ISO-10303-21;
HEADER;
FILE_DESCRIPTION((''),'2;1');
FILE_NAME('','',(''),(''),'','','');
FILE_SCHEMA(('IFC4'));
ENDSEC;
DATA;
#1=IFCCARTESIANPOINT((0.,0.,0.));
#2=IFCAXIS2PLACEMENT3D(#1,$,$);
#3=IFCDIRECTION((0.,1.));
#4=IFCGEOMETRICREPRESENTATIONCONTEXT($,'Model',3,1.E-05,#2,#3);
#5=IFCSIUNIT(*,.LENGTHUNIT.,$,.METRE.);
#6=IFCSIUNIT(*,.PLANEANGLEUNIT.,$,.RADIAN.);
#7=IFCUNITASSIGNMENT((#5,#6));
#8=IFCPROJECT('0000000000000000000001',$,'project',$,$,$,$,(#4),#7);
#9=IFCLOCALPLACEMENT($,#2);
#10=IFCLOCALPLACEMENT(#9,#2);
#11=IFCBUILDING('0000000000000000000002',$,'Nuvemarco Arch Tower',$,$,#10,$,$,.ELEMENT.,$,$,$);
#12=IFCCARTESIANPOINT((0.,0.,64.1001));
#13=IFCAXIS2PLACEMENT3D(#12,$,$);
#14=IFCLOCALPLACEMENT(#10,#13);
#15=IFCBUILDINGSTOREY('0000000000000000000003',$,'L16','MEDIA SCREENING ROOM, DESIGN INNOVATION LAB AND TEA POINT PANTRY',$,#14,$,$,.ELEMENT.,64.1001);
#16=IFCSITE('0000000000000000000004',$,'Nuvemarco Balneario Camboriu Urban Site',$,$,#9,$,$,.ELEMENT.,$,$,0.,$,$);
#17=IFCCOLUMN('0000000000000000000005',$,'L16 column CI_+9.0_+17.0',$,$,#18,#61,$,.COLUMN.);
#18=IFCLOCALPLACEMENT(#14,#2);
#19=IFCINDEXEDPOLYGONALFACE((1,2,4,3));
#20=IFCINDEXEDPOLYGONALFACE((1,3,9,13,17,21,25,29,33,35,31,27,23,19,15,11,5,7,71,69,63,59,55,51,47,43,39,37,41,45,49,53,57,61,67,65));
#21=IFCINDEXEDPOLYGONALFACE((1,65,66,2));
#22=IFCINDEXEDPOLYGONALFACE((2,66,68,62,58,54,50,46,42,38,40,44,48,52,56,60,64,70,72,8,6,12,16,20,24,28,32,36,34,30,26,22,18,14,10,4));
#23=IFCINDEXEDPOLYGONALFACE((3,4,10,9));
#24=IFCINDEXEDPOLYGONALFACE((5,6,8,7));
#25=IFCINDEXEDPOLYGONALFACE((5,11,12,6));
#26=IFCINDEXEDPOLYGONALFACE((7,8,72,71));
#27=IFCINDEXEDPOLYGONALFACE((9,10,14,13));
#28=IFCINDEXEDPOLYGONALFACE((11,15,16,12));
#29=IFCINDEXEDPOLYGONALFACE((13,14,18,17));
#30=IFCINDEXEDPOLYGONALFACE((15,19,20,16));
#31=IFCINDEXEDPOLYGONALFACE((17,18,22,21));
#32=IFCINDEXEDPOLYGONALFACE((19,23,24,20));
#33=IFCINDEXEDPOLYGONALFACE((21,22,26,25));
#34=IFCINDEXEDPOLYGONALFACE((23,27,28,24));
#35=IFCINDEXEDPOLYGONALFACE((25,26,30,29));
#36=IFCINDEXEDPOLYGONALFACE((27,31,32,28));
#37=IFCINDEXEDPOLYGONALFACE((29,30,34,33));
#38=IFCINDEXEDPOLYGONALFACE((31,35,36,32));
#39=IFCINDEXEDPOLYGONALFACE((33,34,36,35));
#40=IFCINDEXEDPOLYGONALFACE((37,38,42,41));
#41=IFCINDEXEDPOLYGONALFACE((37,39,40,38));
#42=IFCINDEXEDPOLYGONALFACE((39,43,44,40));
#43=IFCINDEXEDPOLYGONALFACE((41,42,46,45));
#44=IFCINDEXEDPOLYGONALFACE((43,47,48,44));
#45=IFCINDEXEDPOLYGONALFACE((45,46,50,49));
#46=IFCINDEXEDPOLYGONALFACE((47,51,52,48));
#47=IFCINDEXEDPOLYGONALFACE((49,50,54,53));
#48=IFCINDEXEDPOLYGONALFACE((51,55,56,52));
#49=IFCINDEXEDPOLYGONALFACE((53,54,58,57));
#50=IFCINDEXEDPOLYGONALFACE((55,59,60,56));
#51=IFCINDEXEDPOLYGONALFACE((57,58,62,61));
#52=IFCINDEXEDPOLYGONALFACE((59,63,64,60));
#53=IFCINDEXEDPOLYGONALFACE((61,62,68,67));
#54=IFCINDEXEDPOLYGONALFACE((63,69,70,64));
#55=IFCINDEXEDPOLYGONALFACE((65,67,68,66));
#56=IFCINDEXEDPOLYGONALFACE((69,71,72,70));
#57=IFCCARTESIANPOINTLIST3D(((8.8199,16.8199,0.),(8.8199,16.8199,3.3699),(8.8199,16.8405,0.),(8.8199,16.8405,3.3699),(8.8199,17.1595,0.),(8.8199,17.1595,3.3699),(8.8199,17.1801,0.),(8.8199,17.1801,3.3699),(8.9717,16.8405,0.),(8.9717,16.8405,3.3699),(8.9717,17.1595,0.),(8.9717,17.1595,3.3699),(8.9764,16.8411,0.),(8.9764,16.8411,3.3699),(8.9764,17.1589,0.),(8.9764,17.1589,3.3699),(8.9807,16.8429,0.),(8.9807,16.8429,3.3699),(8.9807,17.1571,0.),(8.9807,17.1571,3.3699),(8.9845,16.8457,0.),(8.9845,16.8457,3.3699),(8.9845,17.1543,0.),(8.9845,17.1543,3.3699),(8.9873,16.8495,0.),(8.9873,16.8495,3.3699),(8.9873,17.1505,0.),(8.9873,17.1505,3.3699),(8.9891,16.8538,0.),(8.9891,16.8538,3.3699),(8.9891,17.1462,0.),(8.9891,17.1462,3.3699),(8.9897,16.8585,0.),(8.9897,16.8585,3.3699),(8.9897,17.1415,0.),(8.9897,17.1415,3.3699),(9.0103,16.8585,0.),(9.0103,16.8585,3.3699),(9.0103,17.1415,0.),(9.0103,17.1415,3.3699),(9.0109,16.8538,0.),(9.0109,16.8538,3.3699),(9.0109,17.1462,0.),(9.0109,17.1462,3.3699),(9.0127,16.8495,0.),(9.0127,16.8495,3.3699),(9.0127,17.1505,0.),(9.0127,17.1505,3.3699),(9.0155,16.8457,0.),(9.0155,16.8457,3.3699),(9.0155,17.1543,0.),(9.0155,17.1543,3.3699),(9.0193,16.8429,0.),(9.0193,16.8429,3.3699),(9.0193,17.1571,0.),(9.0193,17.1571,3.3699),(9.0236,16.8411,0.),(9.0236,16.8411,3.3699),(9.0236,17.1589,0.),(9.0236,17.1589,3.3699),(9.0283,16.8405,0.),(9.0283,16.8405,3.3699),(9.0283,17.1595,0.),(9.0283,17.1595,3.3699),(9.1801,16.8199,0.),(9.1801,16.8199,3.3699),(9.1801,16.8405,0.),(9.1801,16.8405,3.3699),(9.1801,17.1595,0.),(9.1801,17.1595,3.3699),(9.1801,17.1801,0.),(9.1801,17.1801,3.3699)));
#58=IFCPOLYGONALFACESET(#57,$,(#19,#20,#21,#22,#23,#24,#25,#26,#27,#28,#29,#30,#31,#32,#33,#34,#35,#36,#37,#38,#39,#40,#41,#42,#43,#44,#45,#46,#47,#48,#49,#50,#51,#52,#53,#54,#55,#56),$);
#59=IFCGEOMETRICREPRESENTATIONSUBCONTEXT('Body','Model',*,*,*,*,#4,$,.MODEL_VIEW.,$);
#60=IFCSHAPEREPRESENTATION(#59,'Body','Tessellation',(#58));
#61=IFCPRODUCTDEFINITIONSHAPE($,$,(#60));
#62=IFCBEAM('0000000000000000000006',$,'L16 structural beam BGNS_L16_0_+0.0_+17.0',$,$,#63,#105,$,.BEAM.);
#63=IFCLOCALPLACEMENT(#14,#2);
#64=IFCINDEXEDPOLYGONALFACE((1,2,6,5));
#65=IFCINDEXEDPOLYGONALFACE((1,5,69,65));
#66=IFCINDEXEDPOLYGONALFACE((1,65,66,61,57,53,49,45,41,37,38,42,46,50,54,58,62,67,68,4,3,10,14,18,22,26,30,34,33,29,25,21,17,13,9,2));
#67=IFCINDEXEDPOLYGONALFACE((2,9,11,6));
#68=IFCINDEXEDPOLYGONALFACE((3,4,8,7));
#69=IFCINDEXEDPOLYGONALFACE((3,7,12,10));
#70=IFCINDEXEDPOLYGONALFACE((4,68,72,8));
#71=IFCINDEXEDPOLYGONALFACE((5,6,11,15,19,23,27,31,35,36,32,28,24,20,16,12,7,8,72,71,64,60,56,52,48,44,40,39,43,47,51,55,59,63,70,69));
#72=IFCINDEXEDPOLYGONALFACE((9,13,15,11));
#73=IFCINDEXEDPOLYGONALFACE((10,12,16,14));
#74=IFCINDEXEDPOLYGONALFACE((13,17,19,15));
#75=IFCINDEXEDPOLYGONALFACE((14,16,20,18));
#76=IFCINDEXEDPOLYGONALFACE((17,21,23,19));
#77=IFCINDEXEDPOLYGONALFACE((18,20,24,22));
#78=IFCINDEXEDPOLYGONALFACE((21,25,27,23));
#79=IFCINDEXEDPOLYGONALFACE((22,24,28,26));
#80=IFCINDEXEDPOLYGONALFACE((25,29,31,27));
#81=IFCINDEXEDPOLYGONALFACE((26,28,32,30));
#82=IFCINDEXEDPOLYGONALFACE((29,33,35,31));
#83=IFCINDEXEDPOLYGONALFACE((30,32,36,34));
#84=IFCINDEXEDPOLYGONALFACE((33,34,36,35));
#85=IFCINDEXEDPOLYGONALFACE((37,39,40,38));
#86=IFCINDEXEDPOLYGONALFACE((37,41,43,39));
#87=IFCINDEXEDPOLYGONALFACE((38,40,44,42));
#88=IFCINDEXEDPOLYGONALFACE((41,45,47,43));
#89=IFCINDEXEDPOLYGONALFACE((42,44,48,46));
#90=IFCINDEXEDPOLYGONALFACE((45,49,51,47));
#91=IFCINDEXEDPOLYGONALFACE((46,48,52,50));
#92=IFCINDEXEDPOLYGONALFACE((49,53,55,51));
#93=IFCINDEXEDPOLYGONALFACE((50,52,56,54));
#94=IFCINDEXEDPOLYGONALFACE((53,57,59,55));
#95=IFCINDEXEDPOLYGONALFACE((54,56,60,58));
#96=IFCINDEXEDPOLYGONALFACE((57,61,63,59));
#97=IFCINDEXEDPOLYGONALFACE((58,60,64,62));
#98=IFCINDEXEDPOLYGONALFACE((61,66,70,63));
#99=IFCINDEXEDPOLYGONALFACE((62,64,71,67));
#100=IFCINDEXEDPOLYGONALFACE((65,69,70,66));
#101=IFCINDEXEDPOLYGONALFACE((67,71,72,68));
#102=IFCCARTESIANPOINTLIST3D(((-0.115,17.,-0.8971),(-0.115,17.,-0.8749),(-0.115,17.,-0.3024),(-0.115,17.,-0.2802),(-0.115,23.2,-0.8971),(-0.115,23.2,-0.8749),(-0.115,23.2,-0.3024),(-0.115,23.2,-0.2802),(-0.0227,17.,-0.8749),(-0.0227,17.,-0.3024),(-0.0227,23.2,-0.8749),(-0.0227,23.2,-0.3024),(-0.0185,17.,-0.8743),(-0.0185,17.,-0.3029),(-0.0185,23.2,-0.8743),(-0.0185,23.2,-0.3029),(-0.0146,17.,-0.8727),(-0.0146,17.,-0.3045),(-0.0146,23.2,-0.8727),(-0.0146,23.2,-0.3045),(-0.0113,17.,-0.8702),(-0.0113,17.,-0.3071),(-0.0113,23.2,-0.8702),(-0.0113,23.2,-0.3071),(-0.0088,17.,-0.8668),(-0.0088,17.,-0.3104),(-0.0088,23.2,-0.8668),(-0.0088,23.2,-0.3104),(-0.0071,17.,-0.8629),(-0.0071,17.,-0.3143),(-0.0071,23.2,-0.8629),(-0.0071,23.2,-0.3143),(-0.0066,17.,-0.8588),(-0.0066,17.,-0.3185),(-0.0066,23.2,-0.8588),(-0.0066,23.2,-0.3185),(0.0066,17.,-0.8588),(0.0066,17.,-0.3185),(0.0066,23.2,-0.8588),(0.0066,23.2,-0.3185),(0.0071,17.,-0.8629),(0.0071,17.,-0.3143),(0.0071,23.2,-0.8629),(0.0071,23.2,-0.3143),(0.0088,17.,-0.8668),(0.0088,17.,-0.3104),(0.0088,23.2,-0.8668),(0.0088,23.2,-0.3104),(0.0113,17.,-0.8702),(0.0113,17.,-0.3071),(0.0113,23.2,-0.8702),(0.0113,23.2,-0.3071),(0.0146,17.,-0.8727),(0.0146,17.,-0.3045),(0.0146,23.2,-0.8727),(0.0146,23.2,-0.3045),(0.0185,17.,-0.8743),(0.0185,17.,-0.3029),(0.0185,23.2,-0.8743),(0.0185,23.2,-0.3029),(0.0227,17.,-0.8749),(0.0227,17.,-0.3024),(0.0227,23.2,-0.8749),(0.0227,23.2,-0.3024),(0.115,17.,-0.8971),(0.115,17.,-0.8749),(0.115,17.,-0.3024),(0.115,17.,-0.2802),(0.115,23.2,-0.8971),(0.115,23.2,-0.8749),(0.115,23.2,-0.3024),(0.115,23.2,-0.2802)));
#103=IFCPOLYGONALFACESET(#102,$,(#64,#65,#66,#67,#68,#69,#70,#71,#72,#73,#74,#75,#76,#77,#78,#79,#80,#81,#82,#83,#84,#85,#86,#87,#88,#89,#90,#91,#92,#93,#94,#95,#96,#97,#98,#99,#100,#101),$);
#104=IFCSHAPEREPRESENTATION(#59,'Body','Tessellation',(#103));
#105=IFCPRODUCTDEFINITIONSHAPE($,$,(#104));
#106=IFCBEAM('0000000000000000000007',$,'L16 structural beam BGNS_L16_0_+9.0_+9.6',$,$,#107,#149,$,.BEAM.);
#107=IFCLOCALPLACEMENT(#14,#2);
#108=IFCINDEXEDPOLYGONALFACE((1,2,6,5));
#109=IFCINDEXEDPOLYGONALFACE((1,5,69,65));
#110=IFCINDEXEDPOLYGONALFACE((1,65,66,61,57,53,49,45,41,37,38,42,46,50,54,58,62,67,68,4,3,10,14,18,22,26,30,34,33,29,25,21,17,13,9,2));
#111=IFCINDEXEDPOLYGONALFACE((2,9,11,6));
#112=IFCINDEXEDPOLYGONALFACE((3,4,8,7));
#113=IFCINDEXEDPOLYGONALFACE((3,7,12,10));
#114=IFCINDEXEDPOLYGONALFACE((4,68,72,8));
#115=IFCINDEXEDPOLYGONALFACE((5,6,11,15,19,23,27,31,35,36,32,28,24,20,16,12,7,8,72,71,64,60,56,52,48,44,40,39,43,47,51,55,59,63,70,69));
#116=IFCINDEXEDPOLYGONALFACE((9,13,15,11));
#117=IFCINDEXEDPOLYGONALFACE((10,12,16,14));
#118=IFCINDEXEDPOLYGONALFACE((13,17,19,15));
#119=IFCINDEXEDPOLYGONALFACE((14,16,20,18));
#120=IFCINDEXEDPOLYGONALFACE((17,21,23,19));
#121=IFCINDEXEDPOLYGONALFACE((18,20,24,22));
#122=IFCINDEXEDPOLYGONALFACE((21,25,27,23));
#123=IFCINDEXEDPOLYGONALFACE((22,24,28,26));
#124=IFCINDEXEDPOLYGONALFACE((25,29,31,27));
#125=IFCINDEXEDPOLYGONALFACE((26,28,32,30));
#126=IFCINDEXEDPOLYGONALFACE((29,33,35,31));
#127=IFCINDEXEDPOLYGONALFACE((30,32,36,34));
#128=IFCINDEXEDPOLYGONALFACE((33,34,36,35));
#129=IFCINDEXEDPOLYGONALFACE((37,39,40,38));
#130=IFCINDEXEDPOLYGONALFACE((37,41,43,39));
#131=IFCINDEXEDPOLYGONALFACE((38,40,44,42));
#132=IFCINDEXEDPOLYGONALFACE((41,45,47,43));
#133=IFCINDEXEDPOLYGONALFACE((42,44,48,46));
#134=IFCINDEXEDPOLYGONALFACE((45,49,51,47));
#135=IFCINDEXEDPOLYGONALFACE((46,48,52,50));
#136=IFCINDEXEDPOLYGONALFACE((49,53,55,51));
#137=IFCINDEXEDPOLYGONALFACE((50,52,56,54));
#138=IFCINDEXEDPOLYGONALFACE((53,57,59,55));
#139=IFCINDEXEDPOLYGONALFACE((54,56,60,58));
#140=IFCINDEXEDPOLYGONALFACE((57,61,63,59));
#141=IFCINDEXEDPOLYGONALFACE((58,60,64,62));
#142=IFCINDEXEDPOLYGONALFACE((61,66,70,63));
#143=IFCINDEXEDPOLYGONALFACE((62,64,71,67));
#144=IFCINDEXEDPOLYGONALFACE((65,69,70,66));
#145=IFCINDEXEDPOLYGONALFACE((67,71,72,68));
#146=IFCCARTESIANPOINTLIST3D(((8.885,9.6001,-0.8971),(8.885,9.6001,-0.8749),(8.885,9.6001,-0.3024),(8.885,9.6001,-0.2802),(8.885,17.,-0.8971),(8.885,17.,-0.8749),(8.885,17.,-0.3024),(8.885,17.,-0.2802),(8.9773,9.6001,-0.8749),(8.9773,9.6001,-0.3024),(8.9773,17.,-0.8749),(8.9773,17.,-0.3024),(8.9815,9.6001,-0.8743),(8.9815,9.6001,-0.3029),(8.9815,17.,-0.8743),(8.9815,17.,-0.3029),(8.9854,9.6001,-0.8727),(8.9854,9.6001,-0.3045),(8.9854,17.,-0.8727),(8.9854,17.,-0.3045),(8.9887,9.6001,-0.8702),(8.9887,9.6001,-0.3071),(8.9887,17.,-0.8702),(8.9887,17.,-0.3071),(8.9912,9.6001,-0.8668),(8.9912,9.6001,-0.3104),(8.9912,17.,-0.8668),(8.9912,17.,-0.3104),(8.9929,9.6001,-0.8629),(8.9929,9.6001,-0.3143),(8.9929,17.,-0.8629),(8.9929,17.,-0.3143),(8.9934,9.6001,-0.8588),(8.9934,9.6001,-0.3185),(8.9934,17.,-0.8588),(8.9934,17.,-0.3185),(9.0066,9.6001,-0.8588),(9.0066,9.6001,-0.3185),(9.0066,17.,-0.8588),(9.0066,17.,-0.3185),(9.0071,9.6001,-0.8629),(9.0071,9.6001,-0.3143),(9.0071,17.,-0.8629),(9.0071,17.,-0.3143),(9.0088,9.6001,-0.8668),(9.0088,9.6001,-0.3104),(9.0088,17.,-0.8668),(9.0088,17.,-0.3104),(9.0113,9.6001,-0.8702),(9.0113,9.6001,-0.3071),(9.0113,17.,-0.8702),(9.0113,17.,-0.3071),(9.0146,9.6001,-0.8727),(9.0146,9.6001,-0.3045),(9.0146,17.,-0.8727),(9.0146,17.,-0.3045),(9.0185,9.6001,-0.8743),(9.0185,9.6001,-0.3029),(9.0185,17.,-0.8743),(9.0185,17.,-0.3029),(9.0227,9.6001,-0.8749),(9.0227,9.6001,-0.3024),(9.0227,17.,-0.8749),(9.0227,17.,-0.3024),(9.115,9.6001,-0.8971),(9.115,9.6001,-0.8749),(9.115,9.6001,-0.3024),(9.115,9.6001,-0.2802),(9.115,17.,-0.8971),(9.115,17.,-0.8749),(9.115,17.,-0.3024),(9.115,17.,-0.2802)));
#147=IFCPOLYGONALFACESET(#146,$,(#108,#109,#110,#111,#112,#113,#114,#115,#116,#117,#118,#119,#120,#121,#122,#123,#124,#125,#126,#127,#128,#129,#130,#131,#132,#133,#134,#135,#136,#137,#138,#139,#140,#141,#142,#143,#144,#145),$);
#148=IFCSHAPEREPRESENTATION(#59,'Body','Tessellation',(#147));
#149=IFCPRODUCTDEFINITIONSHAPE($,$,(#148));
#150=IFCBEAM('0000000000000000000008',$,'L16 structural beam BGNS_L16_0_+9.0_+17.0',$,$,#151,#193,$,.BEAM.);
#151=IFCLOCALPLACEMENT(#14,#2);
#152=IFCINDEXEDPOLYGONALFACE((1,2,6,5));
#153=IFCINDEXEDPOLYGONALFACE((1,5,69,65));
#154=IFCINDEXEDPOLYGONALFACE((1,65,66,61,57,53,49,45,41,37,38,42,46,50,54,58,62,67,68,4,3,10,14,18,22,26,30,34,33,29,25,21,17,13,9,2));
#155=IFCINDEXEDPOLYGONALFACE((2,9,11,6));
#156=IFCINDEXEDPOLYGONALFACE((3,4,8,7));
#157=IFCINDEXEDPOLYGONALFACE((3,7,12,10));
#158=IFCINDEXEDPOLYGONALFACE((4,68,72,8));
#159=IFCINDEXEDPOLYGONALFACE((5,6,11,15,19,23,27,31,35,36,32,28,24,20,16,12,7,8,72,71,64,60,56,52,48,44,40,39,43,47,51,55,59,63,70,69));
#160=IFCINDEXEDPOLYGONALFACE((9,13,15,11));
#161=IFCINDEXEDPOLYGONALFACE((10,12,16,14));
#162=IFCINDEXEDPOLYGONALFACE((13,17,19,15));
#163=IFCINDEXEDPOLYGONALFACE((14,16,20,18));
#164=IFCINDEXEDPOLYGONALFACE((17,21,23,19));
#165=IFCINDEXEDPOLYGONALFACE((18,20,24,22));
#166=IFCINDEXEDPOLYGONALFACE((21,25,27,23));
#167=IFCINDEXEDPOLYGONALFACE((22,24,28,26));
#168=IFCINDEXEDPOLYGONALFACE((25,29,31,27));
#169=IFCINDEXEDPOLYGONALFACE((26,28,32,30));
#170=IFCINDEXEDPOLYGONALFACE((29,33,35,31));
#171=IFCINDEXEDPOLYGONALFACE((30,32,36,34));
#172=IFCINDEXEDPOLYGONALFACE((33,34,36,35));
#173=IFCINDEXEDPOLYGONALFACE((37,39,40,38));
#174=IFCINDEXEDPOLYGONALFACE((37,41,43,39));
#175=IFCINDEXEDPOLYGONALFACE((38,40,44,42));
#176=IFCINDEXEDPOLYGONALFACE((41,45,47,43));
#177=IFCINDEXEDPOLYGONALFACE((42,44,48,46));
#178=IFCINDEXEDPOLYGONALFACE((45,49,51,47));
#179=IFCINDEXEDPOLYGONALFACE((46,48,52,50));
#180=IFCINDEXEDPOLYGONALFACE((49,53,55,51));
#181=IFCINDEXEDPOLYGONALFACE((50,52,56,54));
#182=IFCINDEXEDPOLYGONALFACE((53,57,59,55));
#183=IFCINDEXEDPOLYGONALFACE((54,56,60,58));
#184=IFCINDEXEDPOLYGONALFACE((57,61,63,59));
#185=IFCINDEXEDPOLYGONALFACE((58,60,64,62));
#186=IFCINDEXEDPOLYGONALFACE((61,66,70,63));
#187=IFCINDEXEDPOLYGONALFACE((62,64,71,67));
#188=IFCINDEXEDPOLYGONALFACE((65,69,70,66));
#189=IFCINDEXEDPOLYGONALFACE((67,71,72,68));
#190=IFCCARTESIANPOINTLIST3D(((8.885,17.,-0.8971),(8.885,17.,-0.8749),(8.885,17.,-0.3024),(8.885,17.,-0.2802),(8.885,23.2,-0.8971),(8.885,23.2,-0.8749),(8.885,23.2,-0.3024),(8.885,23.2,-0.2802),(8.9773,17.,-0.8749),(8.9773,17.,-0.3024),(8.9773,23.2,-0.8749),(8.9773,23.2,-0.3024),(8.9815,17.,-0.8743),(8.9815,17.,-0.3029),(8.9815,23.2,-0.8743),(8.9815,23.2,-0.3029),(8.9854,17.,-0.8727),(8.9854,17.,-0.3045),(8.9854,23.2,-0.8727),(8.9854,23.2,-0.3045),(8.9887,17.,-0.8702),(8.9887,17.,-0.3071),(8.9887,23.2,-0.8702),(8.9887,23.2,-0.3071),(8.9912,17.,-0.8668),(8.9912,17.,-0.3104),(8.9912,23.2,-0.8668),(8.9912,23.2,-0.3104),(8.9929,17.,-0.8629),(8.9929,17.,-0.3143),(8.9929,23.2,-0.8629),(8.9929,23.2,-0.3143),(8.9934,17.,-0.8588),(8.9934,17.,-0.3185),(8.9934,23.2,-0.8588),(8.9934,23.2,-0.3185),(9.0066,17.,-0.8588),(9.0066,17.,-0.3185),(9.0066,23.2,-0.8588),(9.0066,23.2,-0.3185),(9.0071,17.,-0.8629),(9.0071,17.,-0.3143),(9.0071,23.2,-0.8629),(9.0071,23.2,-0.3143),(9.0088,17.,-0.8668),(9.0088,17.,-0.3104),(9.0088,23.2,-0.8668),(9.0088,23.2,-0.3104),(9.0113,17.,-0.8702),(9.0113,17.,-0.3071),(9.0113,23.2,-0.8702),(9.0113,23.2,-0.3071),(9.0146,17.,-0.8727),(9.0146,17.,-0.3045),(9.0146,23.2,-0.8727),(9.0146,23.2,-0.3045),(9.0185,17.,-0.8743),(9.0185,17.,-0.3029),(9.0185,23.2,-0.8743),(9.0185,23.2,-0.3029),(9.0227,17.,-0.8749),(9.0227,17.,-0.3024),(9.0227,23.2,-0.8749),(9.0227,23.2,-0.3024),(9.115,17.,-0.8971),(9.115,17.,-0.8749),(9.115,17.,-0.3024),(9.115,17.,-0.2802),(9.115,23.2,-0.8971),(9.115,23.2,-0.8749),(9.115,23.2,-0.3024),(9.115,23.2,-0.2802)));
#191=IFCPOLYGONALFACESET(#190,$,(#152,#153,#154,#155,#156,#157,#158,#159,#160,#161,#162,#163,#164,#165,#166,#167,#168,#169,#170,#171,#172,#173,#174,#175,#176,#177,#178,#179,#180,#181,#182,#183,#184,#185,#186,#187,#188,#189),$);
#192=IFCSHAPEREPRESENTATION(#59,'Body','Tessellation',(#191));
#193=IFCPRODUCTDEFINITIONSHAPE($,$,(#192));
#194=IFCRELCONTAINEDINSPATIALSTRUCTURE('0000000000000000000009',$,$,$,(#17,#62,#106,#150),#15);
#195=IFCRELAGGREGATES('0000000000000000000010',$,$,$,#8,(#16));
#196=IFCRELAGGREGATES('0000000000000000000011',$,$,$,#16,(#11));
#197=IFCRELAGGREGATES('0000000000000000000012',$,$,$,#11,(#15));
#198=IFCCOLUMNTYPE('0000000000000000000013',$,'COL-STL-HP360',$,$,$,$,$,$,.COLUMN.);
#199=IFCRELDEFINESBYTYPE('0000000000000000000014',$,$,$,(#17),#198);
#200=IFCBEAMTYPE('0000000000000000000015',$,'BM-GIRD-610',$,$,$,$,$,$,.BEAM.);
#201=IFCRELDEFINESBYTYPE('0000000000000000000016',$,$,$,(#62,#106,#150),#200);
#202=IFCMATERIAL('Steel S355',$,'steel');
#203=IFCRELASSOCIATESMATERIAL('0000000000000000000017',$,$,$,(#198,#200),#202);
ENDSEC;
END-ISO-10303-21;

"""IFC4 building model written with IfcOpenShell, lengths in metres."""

from ifc_helpers import new_model, si_unit, direction, frame, origin, origin_2d, place, context, subcontext, project, spatial, i_section, extrude, material, material_profile, profile_set, type_object, element, save


model = new_model("IFC4")

# Units and contexts
model_context = context("Model", 3, precision=1e-05, world=origin(), true_north=direction((0.0, 1.0)))
body_context = subcontext(model_context, "Body", "Model", "MODEL_VIEW")
ifc_project = project(units=[si_unit("LENGTHUNIT", "METRE"), si_unit("PLANEANGLEUNIT", "RADIAN")], contexts=[model_context])

# Site, building, storey
site_placement = place(None, origin())
site = spatial("IfcSite", under=ifc_project, at=site_placement, Name="Nuvemarco Balneario Camboriu Urban Site", CompositionType="ELEMENT", RefElevation=0.0)
building_placement = place(site_placement, origin())
building = spatial("IfcBuilding", under=site, at=building_placement, Name="Nuvemarco Arch Tower", CompositionType="ELEMENT")
storey_placement = place(building_placement, frame((0.0, 0.0, 64.1001)))
storey = spatial("IfcBuildingStorey", under=building, at=storey_placement, Name="L16", Description="MEDIA SCREENING ROOM, DESIGN INNOVATION LAB AND TEA POINT PANTRY", CompositionType="ELEMENT", Elevation=64.1001)

# Column
ifc_material_1 = material(Name="Steel S355", Category="steel")
ifc_material_profile_1 = material_profile(ifc_material_1, i_section(OverallWidth=0.3601, OverallDepth=0.3601, WebThickness=0.0205, FlangeThickness=0.0205, FilletRadius=0.0181, at=origin_2d()), Name="HP360x174")
ifc_profile_set_1 = profile_set([ifc_material_profile_1], Name="Steel S355")
column_type_1 = type_object("IfcColumnType", Name="COL-STL-HP360", PredefinedType="COLUMN", material=ifc_profile_set_1)
for number, where, z_axis, x_axis, name in (
    (1, (9.0, 17.0, 0.0), (0.0, 0.0, 1.0), (1.0, 0.0, 0.0), "L16 column CI_+9.0_+17.0"),
):
    element("IfcColumn", number, at=place(storey_placement, frame(where, z_axis=z_axis, x_axis=x_axis)), inside=storey, type_object=column_type_1, Name=name, PredefinedType="COLUMN", context=body_context, shape_type="SweptSolid", body=[
        extrude(i_section(OverallWidth=0.3601, OverallDepth=0.3601, WebThickness=0.0205, FlangeThickness=0.0205, FilletRadius=0.0181, at=origin_2d()), origin(), (0.0, 0.0, 1.0), 3.3699),
    ])

# Beams
ifc_material_profile_2 = material_profile(ifc_material_1, i_section(OverallWidth=0.23, OverallDepth=0.6169, WebThickness=0.0132, FlangeThickness=0.0222, FilletRadius=0.0161, at=origin_2d()), Name="W610x140")
ifc_profile_set_2 = profile_set([ifc_material_profile_2], Name="Steel S355")
beam_type_1 = type_object("IfcBeamType", Name="BM-GIRD-610", PredefinedType="BEAM", material=ifc_profile_set_2)
beam_1_placement = place(storey_placement, frame((0.0, 17.0, -0.5886), z_axis=(0.0, 1.0, 0.0), x_axis=(-1.0, 0.0, 0.0)))
element("IfcBeam", 2, at=beam_1_placement, inside=storey, type_object=beam_type_1, Name="L16 structural beam BGNS_L16_0_+0.0_+17.0", PredefinedType="BEAM", context=body_context, shape_type="SweptSolid", body=[
    extrude(i_section(OverallWidth=0.23, OverallDepth=0.6169, WebThickness=0.0132, FlangeThickness=0.0222, FilletRadius=0.0161, at=origin_2d()), origin(), (0.0, 0.0, 1.0), 6.2),
])
beam_2_placement = place(storey_placement, frame((9.0, 9.6001, -0.5886), z_axis=(0.0, 1.0, 0.0), x_axis=(-1.0, 0.0, 0.0)))
element("IfcBeam", 3, at=beam_2_placement, inside=storey, type_object=beam_type_1, Name="L16 structural beam BGNS_L16_0_+9.0_+9.6", PredefinedType="BEAM", context=body_context, shape_type="SweptSolid", body=[
    extrude(i_section(OverallWidth=0.23, OverallDepth=0.6169, WebThickness=0.0132, FlangeThickness=0.0222, FilletRadius=0.0161, at=origin_2d()), origin(), (0.0, 0.0, 1.0), 7.3999),
])
beam_3_placement = place(storey_placement, frame((9.0, 17.0, -0.5886), z_axis=(0.0, 1.0, 0.0), x_axis=(-1.0, 0.0, 0.0)))
element("IfcBeam", 4, at=beam_3_placement, inside=storey, type_object=beam_type_1, Name="L16 structural beam BGNS_L16_0_+9.0_+17.0", PredefinedType="BEAM", context=body_context, shape_type="SweptSolid", body=[
    extrude(i_section(OverallWidth=0.23, OverallDepth=0.6169, WebThickness=0.0132, FlangeThickness=0.0222, FilletRadius=0.0161, at=origin_2d()), origin(), (0.0, 0.0, 1.0), 6.2),
])

save(model, "model.ifc")
